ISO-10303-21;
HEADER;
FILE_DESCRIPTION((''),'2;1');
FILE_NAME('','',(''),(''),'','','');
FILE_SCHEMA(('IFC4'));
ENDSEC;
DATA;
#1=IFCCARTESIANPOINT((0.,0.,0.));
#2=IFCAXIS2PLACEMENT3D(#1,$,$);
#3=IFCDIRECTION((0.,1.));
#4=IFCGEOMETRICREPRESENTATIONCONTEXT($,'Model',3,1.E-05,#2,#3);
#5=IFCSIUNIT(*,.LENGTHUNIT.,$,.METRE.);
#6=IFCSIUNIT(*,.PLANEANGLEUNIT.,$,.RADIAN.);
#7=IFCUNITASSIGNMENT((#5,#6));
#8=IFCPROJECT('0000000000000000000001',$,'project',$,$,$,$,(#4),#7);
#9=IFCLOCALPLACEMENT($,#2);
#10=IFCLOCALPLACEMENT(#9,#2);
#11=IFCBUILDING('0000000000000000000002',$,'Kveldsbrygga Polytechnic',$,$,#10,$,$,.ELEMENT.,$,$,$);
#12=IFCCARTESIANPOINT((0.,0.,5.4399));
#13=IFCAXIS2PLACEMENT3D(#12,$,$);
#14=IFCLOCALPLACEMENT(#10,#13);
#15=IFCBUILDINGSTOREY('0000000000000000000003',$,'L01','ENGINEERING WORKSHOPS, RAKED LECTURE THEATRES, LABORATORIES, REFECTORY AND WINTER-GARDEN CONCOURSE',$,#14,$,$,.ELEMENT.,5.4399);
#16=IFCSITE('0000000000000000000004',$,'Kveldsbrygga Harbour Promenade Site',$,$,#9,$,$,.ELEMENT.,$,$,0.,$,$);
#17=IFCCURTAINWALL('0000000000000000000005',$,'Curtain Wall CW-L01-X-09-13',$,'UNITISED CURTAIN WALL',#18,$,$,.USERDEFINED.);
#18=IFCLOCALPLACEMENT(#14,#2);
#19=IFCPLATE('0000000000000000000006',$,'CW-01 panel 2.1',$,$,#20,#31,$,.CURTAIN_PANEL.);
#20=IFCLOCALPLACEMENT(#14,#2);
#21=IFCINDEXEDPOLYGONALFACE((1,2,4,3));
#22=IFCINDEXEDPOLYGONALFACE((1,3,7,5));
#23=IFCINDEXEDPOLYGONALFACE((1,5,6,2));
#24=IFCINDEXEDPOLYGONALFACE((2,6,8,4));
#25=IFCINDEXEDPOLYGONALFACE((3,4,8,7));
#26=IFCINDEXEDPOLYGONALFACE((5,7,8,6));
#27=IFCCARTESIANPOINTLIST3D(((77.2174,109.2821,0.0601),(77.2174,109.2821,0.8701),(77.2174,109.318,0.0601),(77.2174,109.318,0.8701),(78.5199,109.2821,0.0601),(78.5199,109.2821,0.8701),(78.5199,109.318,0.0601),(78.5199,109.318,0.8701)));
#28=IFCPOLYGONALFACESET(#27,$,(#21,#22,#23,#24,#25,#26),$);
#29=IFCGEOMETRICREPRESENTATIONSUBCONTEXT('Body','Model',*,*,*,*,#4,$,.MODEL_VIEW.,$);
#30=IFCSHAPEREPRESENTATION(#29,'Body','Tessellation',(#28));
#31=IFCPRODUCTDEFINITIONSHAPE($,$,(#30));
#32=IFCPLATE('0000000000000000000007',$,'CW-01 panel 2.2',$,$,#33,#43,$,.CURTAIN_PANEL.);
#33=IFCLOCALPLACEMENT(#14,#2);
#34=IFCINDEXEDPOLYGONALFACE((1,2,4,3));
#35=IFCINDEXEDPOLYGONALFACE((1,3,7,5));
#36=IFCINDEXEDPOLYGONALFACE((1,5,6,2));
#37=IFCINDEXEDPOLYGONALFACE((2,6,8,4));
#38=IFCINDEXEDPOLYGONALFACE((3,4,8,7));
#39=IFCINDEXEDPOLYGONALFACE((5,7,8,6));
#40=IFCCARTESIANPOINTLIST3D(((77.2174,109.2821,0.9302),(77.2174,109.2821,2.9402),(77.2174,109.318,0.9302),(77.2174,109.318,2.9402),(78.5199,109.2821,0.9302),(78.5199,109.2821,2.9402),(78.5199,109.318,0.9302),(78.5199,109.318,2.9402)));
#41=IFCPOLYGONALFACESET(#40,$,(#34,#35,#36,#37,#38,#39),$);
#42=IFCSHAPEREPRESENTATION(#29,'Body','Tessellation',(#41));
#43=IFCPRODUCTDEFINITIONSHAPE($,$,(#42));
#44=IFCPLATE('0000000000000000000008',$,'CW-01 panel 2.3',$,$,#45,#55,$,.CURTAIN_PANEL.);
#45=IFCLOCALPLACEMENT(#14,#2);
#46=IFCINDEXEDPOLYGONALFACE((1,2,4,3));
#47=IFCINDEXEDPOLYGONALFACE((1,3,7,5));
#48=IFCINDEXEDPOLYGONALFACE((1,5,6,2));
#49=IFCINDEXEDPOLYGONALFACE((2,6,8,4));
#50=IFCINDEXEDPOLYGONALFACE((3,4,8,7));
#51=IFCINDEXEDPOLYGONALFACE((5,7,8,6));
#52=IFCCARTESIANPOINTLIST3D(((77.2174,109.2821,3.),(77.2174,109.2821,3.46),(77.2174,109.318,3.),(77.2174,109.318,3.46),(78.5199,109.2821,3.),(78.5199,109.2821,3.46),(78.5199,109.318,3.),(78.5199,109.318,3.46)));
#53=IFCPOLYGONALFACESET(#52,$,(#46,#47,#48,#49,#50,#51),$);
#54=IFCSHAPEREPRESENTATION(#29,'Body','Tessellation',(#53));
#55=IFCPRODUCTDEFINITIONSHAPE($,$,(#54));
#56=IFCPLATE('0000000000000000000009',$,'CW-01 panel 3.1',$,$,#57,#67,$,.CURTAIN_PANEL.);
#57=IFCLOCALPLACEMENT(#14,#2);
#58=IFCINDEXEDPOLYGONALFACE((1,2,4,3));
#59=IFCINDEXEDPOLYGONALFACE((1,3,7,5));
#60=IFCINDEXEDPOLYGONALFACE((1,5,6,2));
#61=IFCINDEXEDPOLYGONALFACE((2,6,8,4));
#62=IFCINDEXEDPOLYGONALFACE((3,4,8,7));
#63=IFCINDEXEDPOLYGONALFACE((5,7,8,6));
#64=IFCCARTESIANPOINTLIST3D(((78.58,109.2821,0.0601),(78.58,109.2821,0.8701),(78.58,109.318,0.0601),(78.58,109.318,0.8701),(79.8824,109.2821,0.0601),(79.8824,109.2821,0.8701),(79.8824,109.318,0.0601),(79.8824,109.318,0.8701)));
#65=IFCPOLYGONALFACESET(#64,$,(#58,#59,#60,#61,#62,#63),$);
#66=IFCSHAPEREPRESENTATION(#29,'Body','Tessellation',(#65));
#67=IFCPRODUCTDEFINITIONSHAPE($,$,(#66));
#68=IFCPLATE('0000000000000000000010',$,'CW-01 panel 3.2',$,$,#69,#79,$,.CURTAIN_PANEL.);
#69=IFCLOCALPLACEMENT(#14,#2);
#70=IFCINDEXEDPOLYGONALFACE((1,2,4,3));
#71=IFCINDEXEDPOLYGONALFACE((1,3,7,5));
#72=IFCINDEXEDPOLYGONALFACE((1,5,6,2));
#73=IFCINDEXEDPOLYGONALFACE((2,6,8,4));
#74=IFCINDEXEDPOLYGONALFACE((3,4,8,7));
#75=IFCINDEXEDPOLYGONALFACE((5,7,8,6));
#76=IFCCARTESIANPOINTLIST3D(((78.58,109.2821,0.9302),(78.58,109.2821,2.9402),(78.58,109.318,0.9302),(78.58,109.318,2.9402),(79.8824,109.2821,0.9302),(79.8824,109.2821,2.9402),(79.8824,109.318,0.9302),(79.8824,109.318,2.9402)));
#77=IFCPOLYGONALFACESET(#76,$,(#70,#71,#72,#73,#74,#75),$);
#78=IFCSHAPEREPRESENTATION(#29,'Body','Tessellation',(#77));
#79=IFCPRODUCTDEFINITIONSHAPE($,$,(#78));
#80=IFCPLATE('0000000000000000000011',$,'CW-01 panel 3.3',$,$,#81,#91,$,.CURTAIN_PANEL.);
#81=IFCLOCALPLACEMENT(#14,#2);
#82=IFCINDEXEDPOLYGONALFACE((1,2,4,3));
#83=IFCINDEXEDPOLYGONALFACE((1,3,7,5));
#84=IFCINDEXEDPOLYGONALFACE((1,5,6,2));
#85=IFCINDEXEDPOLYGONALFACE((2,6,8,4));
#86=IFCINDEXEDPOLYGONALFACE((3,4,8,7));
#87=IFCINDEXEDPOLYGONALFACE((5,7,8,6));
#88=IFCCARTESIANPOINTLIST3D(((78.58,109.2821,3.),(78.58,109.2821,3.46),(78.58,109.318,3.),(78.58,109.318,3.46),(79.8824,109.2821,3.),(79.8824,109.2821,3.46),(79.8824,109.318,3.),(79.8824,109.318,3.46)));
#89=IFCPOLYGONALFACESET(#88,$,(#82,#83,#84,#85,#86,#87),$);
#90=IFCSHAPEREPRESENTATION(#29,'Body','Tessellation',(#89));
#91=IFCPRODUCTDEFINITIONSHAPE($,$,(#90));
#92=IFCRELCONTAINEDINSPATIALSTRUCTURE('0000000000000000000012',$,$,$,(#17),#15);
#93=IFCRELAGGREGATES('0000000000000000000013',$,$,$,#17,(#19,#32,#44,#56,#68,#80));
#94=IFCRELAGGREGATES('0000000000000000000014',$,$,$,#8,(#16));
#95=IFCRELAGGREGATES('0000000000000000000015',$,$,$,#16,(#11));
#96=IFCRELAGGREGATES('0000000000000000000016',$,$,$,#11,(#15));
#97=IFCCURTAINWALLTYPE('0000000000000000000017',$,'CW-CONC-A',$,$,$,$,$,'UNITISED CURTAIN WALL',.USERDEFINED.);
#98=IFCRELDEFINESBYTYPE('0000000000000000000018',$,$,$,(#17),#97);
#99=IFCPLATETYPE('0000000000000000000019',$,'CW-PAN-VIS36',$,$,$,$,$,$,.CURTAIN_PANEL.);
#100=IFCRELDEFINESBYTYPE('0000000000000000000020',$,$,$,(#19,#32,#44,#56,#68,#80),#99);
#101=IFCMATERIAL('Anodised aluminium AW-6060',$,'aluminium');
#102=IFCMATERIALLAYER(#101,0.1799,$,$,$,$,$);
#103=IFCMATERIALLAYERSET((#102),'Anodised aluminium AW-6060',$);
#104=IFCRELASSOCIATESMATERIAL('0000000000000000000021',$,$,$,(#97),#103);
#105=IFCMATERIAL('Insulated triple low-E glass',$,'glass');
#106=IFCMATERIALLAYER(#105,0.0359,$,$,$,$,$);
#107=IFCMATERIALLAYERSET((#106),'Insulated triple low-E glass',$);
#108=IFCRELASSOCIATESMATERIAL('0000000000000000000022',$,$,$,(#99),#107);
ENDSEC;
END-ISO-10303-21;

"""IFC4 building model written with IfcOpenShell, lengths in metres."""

from ifc_helpers import new_model, si_unit, direction, frame, origin, origin_2d, place, context, subcontext, project, spatial, rectangle, extrude, material, layer, layer_set, type_object, element, aggregate, save


model = new_model("IFC4")

# Units and contexts
model_context = context("Model", 3, precision=1e-05, world=origin(), true_north=direction((0.0, 1.0)))
body_context = subcontext(model_context, "Body", "Model", "MODEL_VIEW")
ifc_project = project(units=[si_unit("LENGTHUNIT", "METRE"), si_unit("PLANEANGLEUNIT", "RADIAN")], contexts=[model_context])

# Site, building, storey
site_placement = place(None, origin())
site = spatial("IfcSite", under=ifc_project, at=site_placement, Name="Kveldsbrygga Harbour Promenade Site", CompositionType="ELEMENT", RefElevation=0.0)
building_placement = place(site_placement, origin())
building = spatial("IfcBuilding", under=site, at=building_placement, Name="Kveldsbrygga Polytechnic", CompositionType="ELEMENT")
storey_placement = place(building_placement, frame((0.0, 0.0, 5.4399)))
storey = spatial("IfcBuildingStorey", under=building, at=storey_placement, Name="L01", Description="ENGINEERING WORKSHOPS, RAKED LECTURE THEATRES, LABORATORIES, REFECTORY AND WINTER-GARDEN CONCOURSE", CompositionType="ELEMENT", Elevation=5.4399)

# Curtain wall, plates
ifc_material_1 = material(Name="Anodised aluminium AW-6060", Category="aluminium")
ifc_layer_1 = layer(ifc_material_1, 0.1799)
ifc_layer_set_1 = layer_set([ifc_layer_1], Name="Anodised aluminium AW-6060")
curtain_wall_type = type_object("IfcCurtainWallType", Name="CW-CONC-A", ElementType="UNITISED CURTAIN WALL", PredefinedType="USERDEFINED", material=ifc_layer_set_1)
curtain_wall_placement = place(storey_placement, origin())
curtain_wall = element("IfcCurtainWall", 1, at=curtain_wall_placement, inside=storey, type_object=curtain_wall_type, Name="Curtain Wall CW-L01-X-09-13", ObjectType="UNITISED CURTAIN WALL", PredefinedType="USERDEFINED")
ifc_material_2 = material(Name="Insulated triple low-E glass", Category="glass")
ifc_layer_2 = layer(ifc_material_2, 0.0359)
ifc_layer_set_2 = layer_set([ifc_layer_2], Name="Insulated triple low-E glass")
plate_type = type_object("IfcPlateType", Name="CW-PAN-VIS36", PredefinedType="CURTAIN_PANEL", material=ifc_layer_set_2)
plate_1_placement = place(storey_placement, frame((77.8687, 109.3, 0.0601), z_axis=(0.0, 0.0, 1.0), x_axis=(1.0, 0.0, 0.0)))
plate_1 = element("IfcPlate", 2, at=plate_1_placement, type_object=plate_type, Name="CW-01 panel 2.1", PredefinedType="CURTAIN_PANEL", context=body_context, shape_type="SweptSolid", body=[
    extrude(rectangle(XDim=1.3025, YDim=0.0359, at=origin_2d()), origin(), (0.0, 0.0, 1.0), 0.8101),
])
plate_2_placement = place(storey_placement, frame((77.8687, 109.3, 0.9302), z_axis=(0.0, 0.0, 1.0), x_axis=(1.0, 0.0, 0.0)))
plate_2 = element("IfcPlate", 3, at=plate_2_placement, type_object=plate_type, Name="CW-01 panel 2.2", PredefinedType="CURTAIN_PANEL", context=body_context, shape_type="SweptSolid", body=[
    extrude(rectangle(XDim=1.3025, YDim=0.0359, at=origin_2d()), origin(), (0.0, 0.0, 1.0), 2.01),
])
plate_3_placement = place(storey_placement, frame((77.8687, 109.3, 3.0), z_axis=(0.0, 0.0, 1.0), x_axis=(1.0, 0.0, 0.0)))
plate_3 = element("IfcPlate", 4, at=plate_3_placement, type_object=plate_type, Name="CW-01 panel 2.3", PredefinedType="CURTAIN_PANEL", context=body_context, shape_type="SweptSolid", body=[
    extrude(rectangle(XDim=1.3025, YDim=0.0359, at=origin_2d()), origin(), (0.0, 0.0, 1.0), 0.46),
])
plate_4_placement = place(storey_placement, frame((79.2312, 109.3, 0.0601), z_axis=(0.0, 0.0, 1.0), x_axis=(1.0, 0.0, 0.0)))
plate_4 = element("IfcPlate", 5, at=plate_4_placement, type_object=plate_type, Name="CW-01 panel 3.1", PredefinedType="CURTAIN_PANEL", context=body_context, shape_type="SweptSolid", body=[
    extrude(rectangle(XDim=1.3025, YDim=0.0359, at=origin_2d()), origin(), (0.0, 0.0, 1.0), 0.8101),
])
plate_5_placement = place(storey_placement, frame((79.2312, 109.3, 0.9302), z_axis=(0.0, 0.0, 1.0), x_axis=(1.0, 0.0, 0.0)))
plate_5 = element("IfcPlate", 6, at=plate_5_placement, type_object=plate_type, Name="CW-01 panel 3.2", PredefinedType="CURTAIN_PANEL", context=body_context, shape_type="SweptSolid", body=[
    extrude(rectangle(XDim=1.3025, YDim=0.0359, at=origin_2d()), origin(), (0.0, 0.0, 1.0), 2.01),
])
plate_6_placement = place(storey_placement, frame((79.2312, 109.3, 3.0), z_axis=(0.0, 0.0, 1.0), x_axis=(1.0, 0.0, 0.0)))
plate_6 = element("IfcPlate", 7, at=plate_6_placement, type_object=plate_type, Name="CW-01 panel 3.3", PredefinedType="CURTAIN_PANEL", context=body_context, shape_type="SweptSolid", body=[
    extrude(rectangle(XDim=1.3025, YDim=0.0359, at=origin_2d()), origin(), (0.0, 0.0, 1.0), 0.46),
])
aggregate(curtain_wall, [plate_1, plate_2, plate_3, plate_4, plate_5, plate_6])

save(model, "model.ifc")
